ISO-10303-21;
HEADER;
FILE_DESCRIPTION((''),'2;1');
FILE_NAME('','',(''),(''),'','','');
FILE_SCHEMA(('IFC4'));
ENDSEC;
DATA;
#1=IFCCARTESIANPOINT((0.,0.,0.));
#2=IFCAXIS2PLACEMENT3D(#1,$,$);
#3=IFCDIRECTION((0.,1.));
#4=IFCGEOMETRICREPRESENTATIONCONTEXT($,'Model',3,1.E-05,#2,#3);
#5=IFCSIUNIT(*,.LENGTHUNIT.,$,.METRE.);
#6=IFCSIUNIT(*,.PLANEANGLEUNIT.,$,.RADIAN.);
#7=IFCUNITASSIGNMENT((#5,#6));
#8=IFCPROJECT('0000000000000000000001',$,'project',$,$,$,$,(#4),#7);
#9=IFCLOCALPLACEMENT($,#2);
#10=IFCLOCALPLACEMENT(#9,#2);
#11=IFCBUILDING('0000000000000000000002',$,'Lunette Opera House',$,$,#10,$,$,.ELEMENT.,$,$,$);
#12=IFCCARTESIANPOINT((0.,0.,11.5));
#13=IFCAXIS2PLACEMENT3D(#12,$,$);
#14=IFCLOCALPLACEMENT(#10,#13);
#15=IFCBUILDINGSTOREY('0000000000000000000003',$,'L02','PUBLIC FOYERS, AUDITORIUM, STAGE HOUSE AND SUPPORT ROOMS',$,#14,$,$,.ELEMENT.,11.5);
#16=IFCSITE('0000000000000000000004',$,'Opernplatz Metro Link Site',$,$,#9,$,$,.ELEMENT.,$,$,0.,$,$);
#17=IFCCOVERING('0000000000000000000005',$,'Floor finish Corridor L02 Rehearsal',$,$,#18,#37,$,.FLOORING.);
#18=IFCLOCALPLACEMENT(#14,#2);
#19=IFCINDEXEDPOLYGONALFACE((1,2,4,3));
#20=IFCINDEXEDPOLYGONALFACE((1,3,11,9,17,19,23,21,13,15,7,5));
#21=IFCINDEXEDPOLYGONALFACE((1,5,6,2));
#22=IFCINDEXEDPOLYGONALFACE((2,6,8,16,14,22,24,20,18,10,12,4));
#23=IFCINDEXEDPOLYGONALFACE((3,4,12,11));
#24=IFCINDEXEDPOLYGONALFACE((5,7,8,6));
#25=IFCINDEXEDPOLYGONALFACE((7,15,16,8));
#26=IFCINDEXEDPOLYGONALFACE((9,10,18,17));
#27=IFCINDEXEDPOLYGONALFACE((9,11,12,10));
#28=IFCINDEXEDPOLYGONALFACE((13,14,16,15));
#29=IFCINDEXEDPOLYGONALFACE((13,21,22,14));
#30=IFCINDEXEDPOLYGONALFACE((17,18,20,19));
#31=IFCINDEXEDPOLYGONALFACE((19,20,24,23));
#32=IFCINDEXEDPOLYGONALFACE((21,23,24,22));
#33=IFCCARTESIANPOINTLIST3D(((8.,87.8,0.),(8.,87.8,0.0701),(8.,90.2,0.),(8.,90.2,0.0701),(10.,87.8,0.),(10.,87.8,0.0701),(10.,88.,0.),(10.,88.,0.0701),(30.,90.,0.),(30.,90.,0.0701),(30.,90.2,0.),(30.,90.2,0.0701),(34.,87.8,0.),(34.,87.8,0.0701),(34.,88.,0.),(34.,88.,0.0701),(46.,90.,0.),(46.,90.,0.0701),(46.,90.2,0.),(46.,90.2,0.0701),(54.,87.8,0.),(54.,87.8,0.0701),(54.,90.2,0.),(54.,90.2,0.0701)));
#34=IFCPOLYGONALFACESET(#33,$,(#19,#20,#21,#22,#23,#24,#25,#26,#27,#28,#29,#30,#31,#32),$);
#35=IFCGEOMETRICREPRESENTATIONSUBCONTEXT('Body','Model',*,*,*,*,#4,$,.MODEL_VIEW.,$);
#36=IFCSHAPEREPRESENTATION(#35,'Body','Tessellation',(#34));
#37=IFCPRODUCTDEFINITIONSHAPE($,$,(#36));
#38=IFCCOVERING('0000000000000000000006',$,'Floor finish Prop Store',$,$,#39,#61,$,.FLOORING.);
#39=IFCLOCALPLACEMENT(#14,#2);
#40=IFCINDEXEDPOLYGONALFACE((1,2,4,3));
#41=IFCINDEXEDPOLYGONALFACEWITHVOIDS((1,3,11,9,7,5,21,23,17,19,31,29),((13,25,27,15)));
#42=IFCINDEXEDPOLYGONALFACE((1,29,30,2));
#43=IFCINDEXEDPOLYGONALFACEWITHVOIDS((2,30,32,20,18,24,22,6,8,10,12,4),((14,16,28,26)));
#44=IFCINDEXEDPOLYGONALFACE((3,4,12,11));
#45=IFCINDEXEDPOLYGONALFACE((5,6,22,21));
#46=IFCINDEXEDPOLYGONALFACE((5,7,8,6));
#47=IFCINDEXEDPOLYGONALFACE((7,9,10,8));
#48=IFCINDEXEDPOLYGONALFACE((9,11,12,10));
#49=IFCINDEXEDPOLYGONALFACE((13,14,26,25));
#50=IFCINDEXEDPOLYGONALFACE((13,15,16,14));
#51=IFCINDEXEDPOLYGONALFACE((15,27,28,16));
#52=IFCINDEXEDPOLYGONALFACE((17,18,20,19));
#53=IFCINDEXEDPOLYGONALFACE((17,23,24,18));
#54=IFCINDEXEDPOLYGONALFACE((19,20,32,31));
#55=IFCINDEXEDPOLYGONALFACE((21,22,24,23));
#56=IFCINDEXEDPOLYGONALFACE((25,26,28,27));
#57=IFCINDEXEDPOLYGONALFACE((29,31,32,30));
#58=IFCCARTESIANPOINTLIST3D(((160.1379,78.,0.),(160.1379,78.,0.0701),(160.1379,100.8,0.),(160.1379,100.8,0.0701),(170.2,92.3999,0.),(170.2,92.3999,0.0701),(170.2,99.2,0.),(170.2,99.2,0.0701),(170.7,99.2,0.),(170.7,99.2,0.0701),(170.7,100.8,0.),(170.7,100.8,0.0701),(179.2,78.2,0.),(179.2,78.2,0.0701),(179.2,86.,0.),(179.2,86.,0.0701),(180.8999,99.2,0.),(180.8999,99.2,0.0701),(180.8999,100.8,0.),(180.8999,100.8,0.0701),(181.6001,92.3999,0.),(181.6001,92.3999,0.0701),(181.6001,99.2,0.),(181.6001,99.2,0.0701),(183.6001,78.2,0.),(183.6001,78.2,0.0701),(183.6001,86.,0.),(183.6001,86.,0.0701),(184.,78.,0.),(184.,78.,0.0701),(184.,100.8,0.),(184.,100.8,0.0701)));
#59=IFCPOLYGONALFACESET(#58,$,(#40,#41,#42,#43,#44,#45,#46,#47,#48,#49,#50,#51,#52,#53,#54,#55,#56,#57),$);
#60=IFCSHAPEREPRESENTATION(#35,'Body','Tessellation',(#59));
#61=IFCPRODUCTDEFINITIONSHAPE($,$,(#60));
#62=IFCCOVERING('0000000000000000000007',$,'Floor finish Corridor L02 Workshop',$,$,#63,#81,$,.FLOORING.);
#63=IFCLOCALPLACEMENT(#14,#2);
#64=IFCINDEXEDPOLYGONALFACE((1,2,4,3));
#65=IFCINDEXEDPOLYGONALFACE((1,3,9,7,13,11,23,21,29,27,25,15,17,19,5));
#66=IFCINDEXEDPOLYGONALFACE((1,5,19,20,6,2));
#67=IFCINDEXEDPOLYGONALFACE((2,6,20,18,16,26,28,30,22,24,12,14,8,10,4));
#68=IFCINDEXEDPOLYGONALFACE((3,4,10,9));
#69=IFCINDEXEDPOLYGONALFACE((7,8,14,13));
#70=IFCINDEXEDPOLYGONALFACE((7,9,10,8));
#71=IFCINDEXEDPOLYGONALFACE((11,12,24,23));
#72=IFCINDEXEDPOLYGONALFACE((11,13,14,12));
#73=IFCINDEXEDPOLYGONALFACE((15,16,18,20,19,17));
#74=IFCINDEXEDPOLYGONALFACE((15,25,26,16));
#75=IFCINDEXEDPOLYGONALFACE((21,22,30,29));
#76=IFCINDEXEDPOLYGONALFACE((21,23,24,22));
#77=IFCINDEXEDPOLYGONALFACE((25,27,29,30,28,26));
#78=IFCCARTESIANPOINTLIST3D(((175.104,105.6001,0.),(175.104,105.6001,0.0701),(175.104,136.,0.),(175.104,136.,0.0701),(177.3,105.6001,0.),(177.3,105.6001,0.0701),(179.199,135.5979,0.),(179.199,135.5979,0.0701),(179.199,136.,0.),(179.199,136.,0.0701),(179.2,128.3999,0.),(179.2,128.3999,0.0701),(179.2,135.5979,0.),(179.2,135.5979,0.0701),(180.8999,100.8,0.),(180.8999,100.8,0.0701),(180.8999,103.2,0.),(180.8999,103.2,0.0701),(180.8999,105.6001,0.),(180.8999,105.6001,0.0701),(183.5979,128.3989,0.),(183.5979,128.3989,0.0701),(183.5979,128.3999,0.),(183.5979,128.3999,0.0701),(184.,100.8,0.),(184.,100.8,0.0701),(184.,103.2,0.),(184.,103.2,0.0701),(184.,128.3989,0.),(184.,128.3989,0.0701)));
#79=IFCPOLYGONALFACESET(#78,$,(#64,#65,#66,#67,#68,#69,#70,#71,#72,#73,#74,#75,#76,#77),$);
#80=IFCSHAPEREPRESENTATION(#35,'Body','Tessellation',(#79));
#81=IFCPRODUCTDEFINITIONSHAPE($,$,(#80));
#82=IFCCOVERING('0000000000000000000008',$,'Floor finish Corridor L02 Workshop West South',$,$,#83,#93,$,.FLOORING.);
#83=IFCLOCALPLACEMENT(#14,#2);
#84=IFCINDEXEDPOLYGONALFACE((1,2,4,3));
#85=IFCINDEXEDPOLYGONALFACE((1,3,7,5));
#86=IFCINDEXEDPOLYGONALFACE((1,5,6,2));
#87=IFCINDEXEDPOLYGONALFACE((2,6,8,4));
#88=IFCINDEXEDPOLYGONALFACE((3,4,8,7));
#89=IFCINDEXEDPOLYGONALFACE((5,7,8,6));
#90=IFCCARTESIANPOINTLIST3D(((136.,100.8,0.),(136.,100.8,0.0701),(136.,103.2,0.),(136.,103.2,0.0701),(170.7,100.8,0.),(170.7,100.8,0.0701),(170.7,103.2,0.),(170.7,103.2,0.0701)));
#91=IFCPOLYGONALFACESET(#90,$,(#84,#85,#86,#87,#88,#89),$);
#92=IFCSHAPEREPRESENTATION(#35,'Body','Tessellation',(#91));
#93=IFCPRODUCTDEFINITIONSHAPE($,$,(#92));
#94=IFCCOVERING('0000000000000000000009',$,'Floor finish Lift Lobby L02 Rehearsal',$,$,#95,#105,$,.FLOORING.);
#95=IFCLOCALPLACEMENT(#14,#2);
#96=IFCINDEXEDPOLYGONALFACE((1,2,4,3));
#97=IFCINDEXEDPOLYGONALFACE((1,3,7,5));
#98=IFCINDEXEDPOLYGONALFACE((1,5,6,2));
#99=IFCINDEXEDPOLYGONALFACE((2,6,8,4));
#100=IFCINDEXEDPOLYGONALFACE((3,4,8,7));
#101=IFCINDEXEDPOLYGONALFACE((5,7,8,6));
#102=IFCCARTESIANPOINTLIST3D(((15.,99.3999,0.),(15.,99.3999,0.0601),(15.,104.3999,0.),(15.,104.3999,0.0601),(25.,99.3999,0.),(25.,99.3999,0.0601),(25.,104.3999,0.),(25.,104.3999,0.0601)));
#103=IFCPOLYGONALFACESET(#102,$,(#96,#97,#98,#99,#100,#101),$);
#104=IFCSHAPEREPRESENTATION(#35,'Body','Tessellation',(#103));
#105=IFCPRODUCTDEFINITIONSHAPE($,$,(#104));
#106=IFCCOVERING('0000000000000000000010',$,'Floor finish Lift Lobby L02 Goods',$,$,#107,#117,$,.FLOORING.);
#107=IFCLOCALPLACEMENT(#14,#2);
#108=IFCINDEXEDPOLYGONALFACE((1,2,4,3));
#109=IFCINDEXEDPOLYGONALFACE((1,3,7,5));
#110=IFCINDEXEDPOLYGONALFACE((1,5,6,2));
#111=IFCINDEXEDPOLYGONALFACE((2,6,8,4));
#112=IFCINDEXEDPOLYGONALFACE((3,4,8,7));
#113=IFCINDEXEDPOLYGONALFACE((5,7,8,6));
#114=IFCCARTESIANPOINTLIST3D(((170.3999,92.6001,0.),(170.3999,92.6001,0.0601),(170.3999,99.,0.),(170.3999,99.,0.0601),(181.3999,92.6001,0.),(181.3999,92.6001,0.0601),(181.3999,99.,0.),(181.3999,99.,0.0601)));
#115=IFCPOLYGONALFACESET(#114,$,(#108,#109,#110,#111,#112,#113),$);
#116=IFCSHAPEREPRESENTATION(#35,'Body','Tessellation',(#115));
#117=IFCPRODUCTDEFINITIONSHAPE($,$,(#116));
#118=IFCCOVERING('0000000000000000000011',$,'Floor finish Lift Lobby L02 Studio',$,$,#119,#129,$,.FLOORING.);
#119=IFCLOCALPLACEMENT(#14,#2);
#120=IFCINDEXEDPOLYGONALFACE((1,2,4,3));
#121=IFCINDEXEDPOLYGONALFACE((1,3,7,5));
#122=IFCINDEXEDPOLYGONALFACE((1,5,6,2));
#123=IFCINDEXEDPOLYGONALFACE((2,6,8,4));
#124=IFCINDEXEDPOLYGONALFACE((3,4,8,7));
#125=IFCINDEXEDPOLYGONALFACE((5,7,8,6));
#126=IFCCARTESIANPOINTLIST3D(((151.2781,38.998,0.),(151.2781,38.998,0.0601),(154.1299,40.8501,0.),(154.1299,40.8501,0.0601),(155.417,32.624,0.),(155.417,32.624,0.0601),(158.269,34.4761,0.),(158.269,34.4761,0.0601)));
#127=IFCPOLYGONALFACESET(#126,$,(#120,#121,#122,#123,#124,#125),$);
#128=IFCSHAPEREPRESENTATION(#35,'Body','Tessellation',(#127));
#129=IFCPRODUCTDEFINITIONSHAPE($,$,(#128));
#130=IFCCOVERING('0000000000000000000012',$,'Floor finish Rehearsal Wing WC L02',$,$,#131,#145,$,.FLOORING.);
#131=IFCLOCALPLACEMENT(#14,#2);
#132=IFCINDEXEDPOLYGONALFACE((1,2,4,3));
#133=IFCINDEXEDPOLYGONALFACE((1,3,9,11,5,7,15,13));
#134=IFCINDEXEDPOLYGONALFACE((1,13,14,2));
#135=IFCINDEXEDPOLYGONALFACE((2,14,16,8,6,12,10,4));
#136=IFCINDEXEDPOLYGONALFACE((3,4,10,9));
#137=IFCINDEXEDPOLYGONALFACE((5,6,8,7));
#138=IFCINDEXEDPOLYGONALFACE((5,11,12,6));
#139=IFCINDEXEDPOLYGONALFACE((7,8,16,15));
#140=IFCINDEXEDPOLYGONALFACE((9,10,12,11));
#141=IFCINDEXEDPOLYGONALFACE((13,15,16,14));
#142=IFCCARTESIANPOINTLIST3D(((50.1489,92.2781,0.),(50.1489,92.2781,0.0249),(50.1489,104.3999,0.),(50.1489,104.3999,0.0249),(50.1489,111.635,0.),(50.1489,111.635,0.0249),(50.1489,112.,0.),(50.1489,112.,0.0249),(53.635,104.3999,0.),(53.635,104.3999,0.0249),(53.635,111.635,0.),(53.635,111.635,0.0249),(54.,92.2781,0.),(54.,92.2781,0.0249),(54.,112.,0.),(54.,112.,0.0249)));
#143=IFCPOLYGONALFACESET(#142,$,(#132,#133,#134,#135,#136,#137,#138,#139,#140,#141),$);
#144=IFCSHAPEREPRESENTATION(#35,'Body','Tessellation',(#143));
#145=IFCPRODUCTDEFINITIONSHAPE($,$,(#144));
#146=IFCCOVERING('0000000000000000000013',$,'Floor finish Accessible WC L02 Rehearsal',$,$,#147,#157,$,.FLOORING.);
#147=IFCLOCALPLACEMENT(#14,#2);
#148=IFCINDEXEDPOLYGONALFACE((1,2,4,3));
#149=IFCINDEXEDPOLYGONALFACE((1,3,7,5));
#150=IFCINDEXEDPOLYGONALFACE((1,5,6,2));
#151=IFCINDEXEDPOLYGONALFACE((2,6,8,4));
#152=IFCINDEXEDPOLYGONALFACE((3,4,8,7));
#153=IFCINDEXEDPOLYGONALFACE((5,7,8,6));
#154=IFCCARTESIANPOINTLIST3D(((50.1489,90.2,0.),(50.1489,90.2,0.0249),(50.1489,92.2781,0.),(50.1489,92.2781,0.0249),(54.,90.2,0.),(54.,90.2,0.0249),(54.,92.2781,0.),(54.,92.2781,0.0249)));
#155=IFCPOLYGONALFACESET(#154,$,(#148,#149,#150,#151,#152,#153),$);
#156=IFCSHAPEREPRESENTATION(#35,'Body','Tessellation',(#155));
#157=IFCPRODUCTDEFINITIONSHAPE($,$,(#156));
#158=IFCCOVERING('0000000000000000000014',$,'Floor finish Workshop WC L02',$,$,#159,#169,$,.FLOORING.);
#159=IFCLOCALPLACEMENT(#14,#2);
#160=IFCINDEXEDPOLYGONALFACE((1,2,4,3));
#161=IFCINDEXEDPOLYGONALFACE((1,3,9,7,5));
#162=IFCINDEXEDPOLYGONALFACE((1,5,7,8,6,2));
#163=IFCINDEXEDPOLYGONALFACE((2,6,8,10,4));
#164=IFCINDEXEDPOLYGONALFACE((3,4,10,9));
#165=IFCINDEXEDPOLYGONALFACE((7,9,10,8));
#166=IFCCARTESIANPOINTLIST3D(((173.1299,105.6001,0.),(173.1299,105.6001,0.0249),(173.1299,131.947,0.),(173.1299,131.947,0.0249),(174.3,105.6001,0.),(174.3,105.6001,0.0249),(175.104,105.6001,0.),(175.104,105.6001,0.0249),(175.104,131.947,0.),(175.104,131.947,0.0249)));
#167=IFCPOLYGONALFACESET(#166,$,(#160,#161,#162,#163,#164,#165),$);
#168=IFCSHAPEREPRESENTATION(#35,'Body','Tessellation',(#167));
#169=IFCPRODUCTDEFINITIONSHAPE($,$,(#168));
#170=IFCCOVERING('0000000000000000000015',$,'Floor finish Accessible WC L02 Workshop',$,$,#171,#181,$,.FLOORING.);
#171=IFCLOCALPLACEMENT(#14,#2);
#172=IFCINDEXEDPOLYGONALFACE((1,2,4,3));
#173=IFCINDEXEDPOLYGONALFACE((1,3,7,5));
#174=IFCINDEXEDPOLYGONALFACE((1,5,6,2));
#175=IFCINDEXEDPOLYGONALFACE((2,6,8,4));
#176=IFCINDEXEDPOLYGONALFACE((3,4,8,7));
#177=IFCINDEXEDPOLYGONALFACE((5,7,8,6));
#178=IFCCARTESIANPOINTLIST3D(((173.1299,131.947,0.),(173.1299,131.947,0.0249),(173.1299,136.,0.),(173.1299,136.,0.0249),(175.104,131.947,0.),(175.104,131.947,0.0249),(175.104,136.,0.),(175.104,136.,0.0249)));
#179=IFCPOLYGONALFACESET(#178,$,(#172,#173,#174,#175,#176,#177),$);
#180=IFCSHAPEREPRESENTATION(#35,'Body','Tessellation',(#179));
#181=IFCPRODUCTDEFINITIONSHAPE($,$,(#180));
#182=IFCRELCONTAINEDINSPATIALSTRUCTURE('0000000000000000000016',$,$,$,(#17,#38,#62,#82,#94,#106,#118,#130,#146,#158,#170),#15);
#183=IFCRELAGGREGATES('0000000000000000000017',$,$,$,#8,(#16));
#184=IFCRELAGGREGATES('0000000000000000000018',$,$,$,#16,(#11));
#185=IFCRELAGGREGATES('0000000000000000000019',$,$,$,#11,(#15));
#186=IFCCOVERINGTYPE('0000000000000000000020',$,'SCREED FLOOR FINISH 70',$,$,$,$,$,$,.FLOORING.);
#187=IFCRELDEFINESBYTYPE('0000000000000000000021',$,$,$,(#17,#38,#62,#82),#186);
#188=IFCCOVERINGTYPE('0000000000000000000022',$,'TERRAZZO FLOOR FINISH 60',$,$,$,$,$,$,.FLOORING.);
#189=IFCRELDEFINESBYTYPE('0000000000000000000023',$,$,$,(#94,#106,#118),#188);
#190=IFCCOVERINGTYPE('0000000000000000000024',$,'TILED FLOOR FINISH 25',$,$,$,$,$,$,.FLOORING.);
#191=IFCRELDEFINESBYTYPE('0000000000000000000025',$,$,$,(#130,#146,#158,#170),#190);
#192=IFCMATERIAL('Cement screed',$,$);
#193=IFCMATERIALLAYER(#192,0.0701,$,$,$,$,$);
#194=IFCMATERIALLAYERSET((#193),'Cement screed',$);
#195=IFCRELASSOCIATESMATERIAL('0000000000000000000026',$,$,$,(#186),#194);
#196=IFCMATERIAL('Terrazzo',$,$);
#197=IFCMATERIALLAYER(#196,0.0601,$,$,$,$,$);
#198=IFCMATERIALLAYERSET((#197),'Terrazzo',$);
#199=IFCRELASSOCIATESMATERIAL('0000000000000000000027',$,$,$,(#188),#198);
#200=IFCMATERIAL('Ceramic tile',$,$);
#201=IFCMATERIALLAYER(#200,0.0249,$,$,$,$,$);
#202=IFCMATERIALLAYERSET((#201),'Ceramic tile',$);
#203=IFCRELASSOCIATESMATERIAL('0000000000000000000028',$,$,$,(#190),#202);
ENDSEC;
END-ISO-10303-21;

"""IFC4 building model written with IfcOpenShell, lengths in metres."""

from ifc_helpers import new_model, si_unit, direction, frame, origin, place, context, subcontext, project, spatial, polyline, outline, extrude, material, layer, layer_set, type_object, element, save


model = new_model("IFC4")

# Units and contexts
model_context = context("Model", 3, precision=1e-05, world=origin(), true_north=direction((0.0, 1.0)))
body_context = subcontext(model_context, "Body", "Model", "MODEL_VIEW")
ifc_project = project(units=[si_unit("LENGTHUNIT", "METRE"), si_unit("PLANEANGLEUNIT", "RADIAN")], contexts=[model_context])

# Site, building, storey
site_placement = place(None, origin())
site = spatial("IfcSite", under=ifc_project, at=site_placement, Name="Opernplatz Metro Link Site", CompositionType="ELEMENT", RefElevation=0.0)
building_placement = place(site_placement, origin())
building = spatial("IfcBuilding", under=site, at=building_placement, Name="Lunette Opera House", CompositionType="ELEMENT")
storey_placement = place(building_placement, frame((0.0, 0.0, 11.5)))
storey = spatial("IfcBuildingStorey", under=building, at=storey_placement, Name="L02", Description="PUBLIC FOYERS, AUDITORIUM, STAGE HOUSE AND SUPPORT ROOMS", CompositionType="ELEMENT", Elevation=11.5)

# Coverings
ifc_material_1 = material(Name="Cement screed")
ifc_layer_1 = layer(ifc_material_1, 0.0701)
ifc_layer_set_1 = layer_set([ifc_layer_1], Name="Cement screed")
covering_type_1 = type_object("IfcCoveringType", Name="SCREED FLOOR FINISH 70", PredefinedType="FLOORING", material=ifc_layer_set_1)
covering_1_placement = place(storey_placement, origin())
element("IfcCovering", 1, at=covering_1_placement, inside=storey, type_object=covering_type_1, Name="Floor finish Corridor L02 Rehearsal", PredefinedType="FLOORING", context=body_context, shape_type="SweptSolid", body=[
    extrude(outline(polyline([(8.0, 90.2), (30.0, 90.2), (30.0, 90.0), (46.0, 90.0), (46.0, 90.2), (54.0, 90.2), (54.0, 87.8), (34.0, 87.8), (34.0, 88.0), (10.0, 88.0), (10.0, 87.8), (8.0, 87.8), (8.0, 90.2)])), origin(), (0.0, 0.0, 1.0), 0.0701),
])
covering_2_placement = place(storey_placement, origin())
element("IfcCovering", 2, at=covering_2_placement, inside=storey, type_object=covering_type_1, Name="Floor finish Prop Store", PredefinedType="FLOORING", context=body_context, shape_type="SweptSolid", body=[
    extrude(outline(polyline([(170.2, 99.2), (170.2, 92.3999), (181.6001, 92.3999), (181.6001, 99.2), (180.8999, 99.2), (180.8999, 100.8), (184.0, 100.8), (184.0, 78.0), (160.1379, 78.0), (160.1379, 100.8), (170.7, 100.8), (170.7, 99.2), (170.2, 99.2)]), holes=[polyline([(183.6001, 78.2), (183.6001, 86.0), (179.2, 86.0), (179.2, 78.2), (183.6001, 78.2)])]), origin(), (0.0, 0.0, 1.0), 0.0701),
])
covering_3_placement = place(storey_placement, origin())
element("IfcCovering", 3, at=covering_3_placement, inside=storey, type_object=covering_type_1, Name="Floor finish Corridor L02 Workshop", PredefinedType="FLOORING", context=body_context, shape_type="SweptSolid", body=[
    extrude(outline(polyline([(183.5979, 128.3989), (184.0, 128.3989), (184.0, 103.2), (184.0, 100.8), (180.8999, 100.8), (180.8999, 103.2), (180.8999, 105.6001), (177.3, 105.6001), (175.104, 105.6001), (175.104, 136.0), (179.199, 136.0), (179.199, 135.5979), (179.2, 135.5979), (179.2, 128.3999), (183.5979, 128.3999), (183.5979, 128.3989)])), origin(), (0.0, 0.0, 1.0), 0.0701),
])
covering_4_placement = place(storey_placement, origin())
element("IfcCovering", 4, at=covering_4_placement, inside=storey, type_object=covering_type_1, Name="Floor finish Corridor L02 Workshop West South", PredefinedType="FLOORING", context=body_context, shape_type="SweptSolid", body=[
    extrude(outline(polyline([(170.7, 103.2), (170.7, 100.8), (136.0, 100.8), (136.0, 103.2), (170.7, 103.2)])), origin(), (0.0, 0.0, 1.0), 0.0701),
])
ifc_material_2 = material(Name="Terrazzo")
ifc_layer_2 = layer(ifc_material_2, 0.0601)
ifc_layer_set_2 = layer_set([ifc_layer_2], Name="Terrazzo")
covering_type_2 = type_object("IfcCoveringType", Name="TERRAZZO FLOOR FINISH 60", PredefinedType="FLOORING", material=ifc_layer_set_2)
covering_5_placement = place(storey_placement, origin())
element("IfcCovering", 5, at=covering_5_placement, inside=storey, type_object=covering_type_2, Name="Floor finish Lift Lobby L02 Rehearsal", PredefinedType="FLOORING", context=body_context, shape_type="SweptSolid", body=[
    extrude(outline(polyline([(25.0, 99.3999), (25.0, 104.3999), (15.0, 104.3999), (15.0, 99.3999), (25.0, 99.3999)])), origin(), (0.0, 0.0, 1.0), 0.0601),
])
covering_6_placement = place(storey_placement, origin())
element("IfcCovering", 6, at=covering_6_placement, inside=storey, type_object=covering_type_2, Name="Floor finish Lift Lobby L02 Goods", PredefinedType="FLOORING", context=body_context, shape_type="SweptSolid", body=[
    extrude(outline(polyline([(181.3999, 92.6001), (181.3999, 99.0), (170.3999, 99.0), (170.3999, 92.6001), (181.3999, 92.6001)])), origin(), (0.0, 0.0, 1.0), 0.0601),
])
covering_7_placement = place(storey_placement, origin())
element("IfcCovering", 7, at=covering_7_placement, inside=storey, type_object=covering_type_2, Name="Floor finish Lift Lobby L02 Studio", PredefinedType="FLOORING", context=body_context, shape_type="SweptSolid", body=[
    extrude(outline(polyline([(151.2781, 38.998), (155.417, 32.624), (158.269, 34.4761), (154.1299, 40.8501), (151.2781, 38.998)])), origin(), (0.0, 0.0, 1.0), 0.0601),
])
ifc_material_3 = material(Name="Ceramic tile")
ifc_layer_3 = layer(ifc_material_3, 0.0249)
ifc_layer_set_3 = layer_set([ifc_layer_3], Name="Ceramic tile")
covering_type_3 = type_object("IfcCoveringType", Name="TILED FLOOR FINISH 25", PredefinedType="FLOORING", material=ifc_layer_set_3)
covering_8_placement = place(storey_placement, origin())
element("IfcCovering", 8, at=covering_8_placement, inside=storey, type_object=covering_type_3, Name="Floor finish Rehearsal Wing WC L02", PredefinedType="FLOORING", context=body_context, shape_type="SweptSolid", body=[
    extrude(outline(polyline([(54.0, 92.2781), (50.1489, 92.2781), (50.1489, 104.3999), (53.635, 104.3999), (53.635, 111.635), (50.1489, 111.635), (50.1489, 112.0), (54.0, 112.0), (54.0, 92.2781)])), origin(), (0.0, 0.0, 1.0), 0.0249),
])
covering_9_placement = place(storey_placement, origin())
element("IfcCovering", 9, at=covering_9_placement, inside=storey, type_object=covering_type_3, Name="Floor finish Accessible WC L02 Rehearsal", PredefinedType="FLOORING", context=body_context, shape_type="SweptSolid", body=[
    extrude(outline(polyline([(54.0, 90.2), (50.1489, 90.2), (50.1489, 92.2781), (54.0, 92.2781), (54.0, 90.2)])), origin(), (0.0, 0.0, 1.0), 0.0249),
])
covering_10_placement = place(storey_placement, origin())
element("IfcCovering", 10, at=covering_10_placement, inside=storey, type_object=covering_type_3, Name="Floor finish Workshop WC L02", PredefinedType="FLOORING", context=body_context, shape_type="SweptSolid", body=[
    extrude(outline(polyline([(173.1299, 105.6001), (173.1299, 131.947), (175.104, 131.947), (175.104, 105.6001), (174.3, 105.6001), (173.1299, 105.6001)])), origin(), (0.0, 0.0, 1.0), 0.0249),
])
covering_11_placement = place(storey_placement, origin())
element("IfcCovering", 11, at=covering_11_placement, inside=storey, type_object=covering_type_3, Name="Floor finish Accessible WC L02 Workshop", PredefinedType="FLOORING", context=body_context, shape_type="SweptSolid", body=[
    extrude(outline(polyline([(173.1299, 136.0), (175.104, 136.0), (175.104, 131.947), (173.1299, 131.947), (173.1299, 136.0)])), origin(), (0.0, 0.0, 1.0), 0.0249),
])

save(model, "model.ifc")
